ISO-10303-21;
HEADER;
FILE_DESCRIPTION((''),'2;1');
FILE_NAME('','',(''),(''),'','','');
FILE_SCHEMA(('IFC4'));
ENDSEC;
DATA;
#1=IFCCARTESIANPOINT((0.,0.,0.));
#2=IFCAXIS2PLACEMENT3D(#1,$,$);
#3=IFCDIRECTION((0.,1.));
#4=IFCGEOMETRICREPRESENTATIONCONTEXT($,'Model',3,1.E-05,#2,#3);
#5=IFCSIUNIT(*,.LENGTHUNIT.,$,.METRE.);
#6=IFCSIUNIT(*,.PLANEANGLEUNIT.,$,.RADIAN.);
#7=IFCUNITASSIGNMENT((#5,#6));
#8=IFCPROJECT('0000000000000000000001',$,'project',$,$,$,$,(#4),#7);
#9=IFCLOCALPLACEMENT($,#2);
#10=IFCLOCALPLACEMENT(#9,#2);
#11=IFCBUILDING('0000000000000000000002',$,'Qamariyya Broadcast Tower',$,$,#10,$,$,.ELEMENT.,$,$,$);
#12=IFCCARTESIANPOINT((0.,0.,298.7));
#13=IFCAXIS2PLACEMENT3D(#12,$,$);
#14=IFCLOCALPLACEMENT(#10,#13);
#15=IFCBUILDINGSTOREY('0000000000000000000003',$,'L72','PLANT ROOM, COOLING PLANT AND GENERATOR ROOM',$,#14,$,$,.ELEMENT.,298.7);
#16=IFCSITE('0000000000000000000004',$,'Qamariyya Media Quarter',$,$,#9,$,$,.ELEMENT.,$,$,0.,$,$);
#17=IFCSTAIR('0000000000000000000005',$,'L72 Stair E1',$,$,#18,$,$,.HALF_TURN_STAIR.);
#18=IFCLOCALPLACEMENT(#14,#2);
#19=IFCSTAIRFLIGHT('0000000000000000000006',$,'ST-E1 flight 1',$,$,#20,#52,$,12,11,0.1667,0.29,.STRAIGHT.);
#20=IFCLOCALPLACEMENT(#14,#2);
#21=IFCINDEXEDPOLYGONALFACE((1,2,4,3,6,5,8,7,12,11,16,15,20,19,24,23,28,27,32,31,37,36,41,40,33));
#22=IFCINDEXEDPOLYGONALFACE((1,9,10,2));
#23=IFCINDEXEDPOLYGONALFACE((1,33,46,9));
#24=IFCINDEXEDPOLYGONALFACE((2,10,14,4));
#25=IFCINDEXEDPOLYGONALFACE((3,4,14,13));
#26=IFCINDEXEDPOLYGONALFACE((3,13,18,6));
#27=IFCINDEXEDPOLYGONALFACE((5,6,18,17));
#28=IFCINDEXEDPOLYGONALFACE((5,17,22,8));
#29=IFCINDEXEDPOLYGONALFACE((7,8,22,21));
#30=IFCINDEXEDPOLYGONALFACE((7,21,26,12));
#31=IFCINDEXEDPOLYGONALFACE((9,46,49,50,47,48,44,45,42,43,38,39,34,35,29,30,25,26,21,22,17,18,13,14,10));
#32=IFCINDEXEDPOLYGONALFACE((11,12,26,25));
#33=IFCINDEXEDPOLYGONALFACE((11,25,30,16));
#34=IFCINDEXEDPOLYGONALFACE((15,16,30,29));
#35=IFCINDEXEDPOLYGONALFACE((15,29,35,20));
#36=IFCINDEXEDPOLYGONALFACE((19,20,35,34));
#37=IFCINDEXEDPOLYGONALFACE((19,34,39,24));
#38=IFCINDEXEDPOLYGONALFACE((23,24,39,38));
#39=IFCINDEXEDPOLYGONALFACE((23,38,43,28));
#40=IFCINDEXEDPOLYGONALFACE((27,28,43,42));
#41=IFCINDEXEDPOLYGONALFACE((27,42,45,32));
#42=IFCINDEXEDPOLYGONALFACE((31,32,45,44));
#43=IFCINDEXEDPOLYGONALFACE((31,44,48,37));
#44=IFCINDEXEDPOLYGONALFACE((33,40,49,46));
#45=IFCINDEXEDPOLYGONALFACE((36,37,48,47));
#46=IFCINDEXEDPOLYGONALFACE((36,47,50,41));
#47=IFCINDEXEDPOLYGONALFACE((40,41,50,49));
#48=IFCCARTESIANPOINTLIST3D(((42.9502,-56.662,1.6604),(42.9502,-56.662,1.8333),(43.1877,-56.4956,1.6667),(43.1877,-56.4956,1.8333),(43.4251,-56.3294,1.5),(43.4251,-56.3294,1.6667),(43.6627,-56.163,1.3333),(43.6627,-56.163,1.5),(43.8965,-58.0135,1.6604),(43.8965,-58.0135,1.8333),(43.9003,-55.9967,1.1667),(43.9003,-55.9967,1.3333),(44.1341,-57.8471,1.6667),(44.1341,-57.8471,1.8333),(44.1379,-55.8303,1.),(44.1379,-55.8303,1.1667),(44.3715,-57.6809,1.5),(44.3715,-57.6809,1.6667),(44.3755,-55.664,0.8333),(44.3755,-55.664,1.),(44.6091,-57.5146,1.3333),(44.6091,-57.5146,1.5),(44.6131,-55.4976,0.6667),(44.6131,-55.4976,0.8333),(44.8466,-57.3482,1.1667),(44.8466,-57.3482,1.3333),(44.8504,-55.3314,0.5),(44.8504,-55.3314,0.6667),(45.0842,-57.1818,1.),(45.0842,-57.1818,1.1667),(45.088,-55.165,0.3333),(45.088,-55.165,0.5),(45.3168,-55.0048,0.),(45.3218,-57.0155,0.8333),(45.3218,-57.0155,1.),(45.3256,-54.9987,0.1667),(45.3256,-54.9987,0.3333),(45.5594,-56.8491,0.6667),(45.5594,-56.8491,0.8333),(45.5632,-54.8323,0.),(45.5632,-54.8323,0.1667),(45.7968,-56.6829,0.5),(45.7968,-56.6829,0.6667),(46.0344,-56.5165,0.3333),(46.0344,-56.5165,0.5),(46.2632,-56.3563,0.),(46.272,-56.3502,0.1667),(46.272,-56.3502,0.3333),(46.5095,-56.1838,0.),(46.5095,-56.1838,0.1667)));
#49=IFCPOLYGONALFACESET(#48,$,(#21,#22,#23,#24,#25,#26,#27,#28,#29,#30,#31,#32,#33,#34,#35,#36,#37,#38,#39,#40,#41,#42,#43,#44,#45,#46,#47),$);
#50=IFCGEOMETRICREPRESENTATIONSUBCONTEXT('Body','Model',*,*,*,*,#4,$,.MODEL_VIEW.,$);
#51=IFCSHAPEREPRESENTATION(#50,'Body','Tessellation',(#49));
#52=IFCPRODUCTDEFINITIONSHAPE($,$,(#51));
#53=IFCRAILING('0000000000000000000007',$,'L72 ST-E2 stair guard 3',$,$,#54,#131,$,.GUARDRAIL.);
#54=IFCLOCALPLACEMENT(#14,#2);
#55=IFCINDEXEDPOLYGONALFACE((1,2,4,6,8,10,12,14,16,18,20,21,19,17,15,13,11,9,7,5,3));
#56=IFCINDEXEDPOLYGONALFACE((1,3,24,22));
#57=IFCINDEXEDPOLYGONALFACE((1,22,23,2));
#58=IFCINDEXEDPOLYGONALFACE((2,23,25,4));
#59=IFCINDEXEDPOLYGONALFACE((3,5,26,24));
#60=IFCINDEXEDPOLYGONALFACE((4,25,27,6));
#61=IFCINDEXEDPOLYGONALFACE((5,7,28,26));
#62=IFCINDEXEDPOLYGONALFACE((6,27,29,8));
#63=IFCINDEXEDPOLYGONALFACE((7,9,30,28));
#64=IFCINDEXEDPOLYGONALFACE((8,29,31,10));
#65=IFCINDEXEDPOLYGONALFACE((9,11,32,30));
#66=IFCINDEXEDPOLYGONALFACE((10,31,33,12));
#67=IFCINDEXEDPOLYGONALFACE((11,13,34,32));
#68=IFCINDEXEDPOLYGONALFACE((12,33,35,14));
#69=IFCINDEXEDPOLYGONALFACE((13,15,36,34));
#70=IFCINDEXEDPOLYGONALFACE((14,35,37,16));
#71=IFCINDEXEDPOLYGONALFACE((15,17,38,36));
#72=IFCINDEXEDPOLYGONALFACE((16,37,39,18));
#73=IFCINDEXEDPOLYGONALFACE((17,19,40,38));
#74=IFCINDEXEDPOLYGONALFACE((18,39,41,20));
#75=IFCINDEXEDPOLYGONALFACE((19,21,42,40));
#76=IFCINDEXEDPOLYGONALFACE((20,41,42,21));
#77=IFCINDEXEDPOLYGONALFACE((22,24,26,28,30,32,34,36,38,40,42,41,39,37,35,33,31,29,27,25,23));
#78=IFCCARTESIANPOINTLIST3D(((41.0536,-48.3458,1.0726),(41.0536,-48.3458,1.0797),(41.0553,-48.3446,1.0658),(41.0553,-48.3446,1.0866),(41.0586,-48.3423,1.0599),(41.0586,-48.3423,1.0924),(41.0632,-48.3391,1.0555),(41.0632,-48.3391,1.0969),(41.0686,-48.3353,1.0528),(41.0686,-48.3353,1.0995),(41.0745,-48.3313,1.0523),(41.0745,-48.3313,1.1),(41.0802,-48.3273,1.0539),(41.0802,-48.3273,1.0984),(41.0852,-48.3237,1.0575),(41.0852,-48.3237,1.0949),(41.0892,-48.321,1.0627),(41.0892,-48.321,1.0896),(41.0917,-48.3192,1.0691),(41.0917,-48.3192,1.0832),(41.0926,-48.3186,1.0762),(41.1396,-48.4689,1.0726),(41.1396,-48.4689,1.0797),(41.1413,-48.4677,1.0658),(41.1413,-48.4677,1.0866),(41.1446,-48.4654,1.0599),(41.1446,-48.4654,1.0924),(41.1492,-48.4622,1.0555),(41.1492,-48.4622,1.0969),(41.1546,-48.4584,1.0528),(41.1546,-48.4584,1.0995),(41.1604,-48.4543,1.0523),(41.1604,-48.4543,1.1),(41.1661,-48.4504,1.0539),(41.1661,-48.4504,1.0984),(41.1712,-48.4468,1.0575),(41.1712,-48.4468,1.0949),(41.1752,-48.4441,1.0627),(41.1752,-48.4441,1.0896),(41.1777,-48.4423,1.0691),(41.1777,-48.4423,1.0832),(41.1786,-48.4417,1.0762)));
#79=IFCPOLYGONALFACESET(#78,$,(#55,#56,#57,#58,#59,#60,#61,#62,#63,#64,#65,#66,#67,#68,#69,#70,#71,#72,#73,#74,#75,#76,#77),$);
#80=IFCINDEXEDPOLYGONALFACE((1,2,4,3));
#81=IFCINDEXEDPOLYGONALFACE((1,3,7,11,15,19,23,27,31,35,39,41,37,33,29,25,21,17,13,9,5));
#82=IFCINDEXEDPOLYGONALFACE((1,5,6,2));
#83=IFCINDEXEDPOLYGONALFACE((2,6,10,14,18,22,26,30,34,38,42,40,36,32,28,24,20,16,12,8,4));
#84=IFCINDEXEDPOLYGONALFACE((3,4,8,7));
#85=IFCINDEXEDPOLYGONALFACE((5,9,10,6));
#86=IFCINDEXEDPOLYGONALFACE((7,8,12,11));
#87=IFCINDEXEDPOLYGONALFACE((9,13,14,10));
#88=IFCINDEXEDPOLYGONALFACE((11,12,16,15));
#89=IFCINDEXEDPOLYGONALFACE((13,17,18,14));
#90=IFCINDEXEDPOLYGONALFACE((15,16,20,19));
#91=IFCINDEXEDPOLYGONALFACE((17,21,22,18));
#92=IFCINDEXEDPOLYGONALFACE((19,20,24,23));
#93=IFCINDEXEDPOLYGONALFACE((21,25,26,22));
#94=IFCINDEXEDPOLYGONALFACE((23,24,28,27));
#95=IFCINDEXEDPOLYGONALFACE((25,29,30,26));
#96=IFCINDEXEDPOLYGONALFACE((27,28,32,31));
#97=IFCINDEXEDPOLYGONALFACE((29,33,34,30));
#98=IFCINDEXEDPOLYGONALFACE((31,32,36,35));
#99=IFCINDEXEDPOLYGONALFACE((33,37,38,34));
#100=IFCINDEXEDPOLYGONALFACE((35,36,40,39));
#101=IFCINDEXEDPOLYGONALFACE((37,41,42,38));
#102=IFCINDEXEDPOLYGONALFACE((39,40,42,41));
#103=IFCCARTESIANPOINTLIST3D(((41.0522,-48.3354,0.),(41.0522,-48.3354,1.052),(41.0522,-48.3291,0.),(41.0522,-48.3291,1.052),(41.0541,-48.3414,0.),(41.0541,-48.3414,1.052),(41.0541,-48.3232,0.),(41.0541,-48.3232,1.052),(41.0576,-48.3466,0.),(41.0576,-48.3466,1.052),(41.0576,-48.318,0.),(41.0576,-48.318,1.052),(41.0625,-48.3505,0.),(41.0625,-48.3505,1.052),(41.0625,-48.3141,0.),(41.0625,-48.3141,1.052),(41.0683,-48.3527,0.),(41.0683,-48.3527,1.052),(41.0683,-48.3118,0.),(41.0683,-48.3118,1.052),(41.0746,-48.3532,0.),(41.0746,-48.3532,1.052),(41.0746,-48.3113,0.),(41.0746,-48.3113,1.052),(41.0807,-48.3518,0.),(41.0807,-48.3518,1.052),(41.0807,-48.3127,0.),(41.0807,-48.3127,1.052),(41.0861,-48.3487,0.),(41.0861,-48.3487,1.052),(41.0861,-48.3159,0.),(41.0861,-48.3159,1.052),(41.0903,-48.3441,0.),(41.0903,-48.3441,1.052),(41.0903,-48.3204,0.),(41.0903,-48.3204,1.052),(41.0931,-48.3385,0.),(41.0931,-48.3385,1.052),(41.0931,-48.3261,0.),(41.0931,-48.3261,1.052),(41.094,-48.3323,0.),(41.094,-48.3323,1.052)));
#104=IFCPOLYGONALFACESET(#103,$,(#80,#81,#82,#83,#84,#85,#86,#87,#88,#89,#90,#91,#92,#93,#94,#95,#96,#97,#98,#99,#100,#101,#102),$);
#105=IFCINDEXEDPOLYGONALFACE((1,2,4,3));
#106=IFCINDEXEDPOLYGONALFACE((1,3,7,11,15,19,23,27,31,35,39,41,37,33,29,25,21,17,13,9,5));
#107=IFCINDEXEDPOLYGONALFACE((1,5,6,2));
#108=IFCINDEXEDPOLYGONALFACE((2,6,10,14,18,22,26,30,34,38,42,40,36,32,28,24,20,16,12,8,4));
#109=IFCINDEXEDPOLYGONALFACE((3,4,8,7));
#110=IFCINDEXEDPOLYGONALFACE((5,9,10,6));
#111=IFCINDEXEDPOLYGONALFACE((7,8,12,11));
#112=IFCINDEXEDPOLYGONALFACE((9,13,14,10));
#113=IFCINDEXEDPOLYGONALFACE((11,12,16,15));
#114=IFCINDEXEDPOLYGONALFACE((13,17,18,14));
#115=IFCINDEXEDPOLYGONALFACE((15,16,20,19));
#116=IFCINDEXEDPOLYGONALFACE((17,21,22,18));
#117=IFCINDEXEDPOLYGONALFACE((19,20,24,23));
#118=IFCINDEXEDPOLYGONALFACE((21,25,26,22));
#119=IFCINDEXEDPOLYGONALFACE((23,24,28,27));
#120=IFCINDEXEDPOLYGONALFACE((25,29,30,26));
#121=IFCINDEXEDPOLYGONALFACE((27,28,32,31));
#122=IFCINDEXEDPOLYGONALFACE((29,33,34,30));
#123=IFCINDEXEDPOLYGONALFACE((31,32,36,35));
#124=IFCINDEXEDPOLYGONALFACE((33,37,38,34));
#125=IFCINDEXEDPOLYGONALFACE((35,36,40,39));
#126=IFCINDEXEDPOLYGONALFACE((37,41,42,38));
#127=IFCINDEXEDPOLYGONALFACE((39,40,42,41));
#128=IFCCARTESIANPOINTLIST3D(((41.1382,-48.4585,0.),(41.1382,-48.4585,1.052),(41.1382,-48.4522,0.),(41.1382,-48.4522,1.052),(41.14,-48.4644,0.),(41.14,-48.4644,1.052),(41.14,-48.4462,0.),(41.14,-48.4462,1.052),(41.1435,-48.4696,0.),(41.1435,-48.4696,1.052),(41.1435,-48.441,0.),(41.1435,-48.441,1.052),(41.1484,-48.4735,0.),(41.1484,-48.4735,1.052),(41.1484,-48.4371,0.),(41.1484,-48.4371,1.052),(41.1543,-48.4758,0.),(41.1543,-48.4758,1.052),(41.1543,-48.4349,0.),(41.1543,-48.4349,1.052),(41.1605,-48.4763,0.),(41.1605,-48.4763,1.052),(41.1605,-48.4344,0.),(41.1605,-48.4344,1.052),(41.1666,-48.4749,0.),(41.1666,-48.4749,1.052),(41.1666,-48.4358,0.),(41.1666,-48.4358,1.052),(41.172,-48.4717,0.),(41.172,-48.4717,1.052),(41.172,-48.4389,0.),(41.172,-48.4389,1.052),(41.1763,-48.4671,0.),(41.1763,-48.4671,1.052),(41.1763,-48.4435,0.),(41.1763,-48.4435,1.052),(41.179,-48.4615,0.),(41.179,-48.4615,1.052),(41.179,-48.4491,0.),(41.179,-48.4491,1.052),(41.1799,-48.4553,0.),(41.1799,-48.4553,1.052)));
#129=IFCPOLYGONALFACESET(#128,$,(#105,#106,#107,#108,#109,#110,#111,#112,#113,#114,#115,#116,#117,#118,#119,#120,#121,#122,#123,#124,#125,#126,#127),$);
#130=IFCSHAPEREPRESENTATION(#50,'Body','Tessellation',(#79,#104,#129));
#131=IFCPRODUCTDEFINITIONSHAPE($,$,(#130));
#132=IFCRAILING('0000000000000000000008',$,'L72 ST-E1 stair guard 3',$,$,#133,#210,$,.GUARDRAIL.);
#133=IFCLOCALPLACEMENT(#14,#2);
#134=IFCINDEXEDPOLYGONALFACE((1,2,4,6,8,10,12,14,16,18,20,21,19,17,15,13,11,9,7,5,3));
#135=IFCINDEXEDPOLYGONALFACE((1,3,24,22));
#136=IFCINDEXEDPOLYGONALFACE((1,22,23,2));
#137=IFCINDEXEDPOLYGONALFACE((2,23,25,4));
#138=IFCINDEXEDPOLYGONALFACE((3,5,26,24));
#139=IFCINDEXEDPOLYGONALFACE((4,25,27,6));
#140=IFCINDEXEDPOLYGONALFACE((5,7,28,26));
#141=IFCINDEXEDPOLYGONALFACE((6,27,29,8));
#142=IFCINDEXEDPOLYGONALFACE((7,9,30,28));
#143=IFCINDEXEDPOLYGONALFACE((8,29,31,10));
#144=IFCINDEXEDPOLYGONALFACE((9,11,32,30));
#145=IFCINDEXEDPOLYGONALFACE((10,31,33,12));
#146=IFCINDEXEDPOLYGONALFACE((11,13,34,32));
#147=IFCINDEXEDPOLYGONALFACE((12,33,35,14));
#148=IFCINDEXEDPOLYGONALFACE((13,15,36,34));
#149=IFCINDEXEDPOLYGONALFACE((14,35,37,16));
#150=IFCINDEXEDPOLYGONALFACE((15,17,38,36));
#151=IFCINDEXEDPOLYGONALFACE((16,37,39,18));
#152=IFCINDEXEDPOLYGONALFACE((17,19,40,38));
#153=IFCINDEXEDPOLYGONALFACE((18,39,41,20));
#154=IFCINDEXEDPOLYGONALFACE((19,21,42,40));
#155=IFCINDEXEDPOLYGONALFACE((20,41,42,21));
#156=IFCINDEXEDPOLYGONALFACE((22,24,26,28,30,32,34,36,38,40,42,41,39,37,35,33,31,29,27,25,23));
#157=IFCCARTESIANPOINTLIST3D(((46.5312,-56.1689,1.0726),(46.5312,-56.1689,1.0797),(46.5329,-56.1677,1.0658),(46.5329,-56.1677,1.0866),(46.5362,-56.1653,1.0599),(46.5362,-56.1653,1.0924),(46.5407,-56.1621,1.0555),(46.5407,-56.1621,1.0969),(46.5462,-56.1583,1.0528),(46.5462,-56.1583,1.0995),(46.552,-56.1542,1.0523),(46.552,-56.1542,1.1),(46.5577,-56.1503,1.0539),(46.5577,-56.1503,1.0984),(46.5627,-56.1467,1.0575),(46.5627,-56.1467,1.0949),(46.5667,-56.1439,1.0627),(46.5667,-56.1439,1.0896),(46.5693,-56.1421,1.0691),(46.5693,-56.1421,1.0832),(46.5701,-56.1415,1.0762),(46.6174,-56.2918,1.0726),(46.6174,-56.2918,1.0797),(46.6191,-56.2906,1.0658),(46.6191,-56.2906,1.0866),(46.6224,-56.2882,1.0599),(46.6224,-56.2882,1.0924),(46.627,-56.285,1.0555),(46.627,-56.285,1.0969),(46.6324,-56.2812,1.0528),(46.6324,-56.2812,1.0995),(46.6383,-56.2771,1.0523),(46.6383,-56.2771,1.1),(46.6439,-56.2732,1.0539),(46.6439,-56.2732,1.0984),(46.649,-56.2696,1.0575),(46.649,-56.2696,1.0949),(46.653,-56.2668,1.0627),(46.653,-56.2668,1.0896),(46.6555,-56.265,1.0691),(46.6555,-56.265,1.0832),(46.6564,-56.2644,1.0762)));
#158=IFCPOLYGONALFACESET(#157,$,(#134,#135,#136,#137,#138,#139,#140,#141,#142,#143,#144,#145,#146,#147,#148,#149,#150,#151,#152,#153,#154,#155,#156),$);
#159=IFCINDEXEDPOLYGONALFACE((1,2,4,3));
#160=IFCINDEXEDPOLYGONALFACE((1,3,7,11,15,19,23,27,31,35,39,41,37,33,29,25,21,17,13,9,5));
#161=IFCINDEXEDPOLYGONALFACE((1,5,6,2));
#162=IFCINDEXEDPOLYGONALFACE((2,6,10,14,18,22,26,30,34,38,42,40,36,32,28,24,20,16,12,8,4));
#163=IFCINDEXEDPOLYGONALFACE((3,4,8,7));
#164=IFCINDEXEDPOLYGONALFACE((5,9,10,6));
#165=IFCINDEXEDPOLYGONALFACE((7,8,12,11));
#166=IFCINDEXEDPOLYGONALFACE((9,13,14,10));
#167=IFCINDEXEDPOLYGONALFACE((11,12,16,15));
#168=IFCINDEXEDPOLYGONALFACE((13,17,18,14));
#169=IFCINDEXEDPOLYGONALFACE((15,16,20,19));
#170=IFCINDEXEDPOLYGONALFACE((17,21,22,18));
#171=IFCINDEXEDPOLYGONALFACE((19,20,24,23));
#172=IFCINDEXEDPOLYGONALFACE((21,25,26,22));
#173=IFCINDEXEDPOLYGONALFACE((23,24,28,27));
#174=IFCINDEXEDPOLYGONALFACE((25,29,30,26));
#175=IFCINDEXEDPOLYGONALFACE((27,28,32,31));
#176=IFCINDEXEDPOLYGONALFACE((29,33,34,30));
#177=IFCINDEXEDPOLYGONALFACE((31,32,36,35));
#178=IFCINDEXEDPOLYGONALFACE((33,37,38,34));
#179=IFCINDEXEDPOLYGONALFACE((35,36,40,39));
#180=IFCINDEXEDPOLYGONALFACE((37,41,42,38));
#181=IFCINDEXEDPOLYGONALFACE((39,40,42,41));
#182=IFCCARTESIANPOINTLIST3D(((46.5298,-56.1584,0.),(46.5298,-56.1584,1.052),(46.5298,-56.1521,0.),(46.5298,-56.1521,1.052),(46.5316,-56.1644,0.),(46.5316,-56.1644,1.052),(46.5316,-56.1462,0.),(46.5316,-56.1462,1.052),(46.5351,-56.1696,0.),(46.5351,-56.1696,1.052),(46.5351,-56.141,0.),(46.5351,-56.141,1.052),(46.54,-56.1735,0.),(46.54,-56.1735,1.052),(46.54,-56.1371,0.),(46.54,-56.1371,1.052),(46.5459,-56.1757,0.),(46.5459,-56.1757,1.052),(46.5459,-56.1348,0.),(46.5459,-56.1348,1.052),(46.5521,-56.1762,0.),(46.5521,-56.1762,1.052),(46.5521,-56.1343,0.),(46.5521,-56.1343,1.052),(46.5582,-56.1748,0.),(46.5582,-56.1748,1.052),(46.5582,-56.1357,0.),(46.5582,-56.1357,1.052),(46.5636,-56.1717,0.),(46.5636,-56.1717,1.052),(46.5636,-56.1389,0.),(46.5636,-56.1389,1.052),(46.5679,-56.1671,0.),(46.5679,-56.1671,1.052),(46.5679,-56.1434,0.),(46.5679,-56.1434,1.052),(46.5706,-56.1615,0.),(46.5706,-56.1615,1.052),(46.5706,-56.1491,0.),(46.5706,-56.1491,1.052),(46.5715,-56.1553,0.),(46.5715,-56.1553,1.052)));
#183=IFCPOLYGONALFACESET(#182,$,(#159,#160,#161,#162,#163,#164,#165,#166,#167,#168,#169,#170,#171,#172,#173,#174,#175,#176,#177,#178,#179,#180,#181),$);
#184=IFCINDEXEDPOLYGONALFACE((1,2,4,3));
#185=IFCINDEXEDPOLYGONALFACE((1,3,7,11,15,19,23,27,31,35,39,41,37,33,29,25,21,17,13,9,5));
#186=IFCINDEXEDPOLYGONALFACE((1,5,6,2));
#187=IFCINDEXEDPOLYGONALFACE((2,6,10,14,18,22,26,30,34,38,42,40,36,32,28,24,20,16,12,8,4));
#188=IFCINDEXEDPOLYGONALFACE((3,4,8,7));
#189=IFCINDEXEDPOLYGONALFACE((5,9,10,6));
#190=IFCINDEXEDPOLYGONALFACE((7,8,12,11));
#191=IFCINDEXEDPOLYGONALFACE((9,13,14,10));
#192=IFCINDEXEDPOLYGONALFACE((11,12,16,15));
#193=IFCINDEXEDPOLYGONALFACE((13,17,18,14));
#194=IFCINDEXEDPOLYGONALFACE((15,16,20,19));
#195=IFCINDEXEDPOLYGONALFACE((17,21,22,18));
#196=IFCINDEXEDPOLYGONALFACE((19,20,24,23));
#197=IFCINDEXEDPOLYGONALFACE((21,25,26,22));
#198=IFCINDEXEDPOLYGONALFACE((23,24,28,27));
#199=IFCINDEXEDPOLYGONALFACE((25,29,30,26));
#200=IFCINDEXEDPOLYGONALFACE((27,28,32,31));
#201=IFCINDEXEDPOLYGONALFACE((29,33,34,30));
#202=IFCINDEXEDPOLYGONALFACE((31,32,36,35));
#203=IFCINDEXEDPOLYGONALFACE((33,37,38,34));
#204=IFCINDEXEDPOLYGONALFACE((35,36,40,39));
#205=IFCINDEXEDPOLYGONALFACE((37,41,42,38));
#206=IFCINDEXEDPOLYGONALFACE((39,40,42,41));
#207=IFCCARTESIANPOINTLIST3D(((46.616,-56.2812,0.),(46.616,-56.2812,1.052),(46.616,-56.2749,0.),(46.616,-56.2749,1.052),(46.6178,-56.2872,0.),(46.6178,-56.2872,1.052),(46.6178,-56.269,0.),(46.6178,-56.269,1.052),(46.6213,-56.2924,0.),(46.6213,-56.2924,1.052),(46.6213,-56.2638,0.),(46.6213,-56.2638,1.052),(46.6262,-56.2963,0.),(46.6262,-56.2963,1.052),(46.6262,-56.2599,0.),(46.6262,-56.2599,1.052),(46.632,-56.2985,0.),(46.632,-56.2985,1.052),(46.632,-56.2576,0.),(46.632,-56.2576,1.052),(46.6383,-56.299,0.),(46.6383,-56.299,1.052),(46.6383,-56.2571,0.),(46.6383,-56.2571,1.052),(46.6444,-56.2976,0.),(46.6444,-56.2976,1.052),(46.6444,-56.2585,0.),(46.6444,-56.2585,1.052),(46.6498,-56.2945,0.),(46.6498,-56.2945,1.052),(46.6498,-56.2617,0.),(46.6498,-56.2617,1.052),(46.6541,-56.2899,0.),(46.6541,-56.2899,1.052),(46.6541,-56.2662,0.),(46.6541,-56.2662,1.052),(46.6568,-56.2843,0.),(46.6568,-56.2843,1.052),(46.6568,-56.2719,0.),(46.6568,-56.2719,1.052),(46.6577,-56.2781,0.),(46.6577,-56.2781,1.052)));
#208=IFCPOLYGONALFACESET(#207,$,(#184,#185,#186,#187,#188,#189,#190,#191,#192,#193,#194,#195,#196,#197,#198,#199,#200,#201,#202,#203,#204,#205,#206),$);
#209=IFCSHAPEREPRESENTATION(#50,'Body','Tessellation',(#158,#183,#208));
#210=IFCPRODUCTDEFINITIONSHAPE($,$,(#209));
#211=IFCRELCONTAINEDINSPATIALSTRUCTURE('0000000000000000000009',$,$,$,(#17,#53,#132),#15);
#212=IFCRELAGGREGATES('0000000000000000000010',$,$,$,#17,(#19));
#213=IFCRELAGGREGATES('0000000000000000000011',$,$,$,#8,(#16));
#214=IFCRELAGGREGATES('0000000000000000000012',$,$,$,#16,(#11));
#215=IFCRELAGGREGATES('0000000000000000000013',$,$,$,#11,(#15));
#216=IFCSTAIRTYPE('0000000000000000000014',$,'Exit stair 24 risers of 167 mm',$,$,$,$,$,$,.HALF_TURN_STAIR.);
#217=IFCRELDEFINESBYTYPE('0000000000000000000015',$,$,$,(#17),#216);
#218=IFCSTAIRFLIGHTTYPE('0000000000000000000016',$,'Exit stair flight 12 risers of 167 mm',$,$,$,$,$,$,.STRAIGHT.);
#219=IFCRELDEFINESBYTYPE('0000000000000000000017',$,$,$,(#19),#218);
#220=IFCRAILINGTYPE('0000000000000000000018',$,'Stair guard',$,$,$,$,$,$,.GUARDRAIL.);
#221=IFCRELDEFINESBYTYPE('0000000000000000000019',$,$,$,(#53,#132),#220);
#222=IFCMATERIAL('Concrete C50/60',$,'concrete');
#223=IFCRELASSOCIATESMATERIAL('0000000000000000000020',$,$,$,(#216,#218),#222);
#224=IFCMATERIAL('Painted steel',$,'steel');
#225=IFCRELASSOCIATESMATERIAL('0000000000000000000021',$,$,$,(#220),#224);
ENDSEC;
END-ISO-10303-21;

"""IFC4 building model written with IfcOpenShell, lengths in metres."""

from ifc_helpers import new_model, si_unit, direction, frame, origin, origin_2d, place, context, subcontext, project, spatial, polyline, circle, outline, extrude, material, type_object, element, aggregate, save


model = new_model("IFC4")

# Units and contexts
model_context = context("Model", 3, precision=1e-05, world=origin(), true_north=direction((0.0, 1.0)))
body_context = subcontext(model_context, "Body", "Model", "MODEL_VIEW")
ifc_project = project(units=[si_unit("LENGTHUNIT", "METRE"), si_unit("PLANEANGLEUNIT", "RADIAN")], contexts=[model_context])

# Site, building, storey
site_placement = place(None, origin())
site = spatial("IfcSite", under=ifc_project, at=site_placement, Name="Qamariyya Media Quarter", CompositionType="ELEMENT", RefElevation=0.0)
building_placement = place(site_placement, origin())
building = spatial("IfcBuilding", under=site, at=building_placement, Name="Qamariyya Broadcast Tower", CompositionType="ELEMENT")
storey_placement = place(building_placement, frame((0.0, 0.0, 298.7)))
storey = spatial("IfcBuildingStorey", under=building, at=storey_placement, Name="L72", Description="PLANT ROOM, COOLING PLANT AND GENERATOR ROOM", CompositionType="ELEMENT", Elevation=298.7)

# Shared definitions
ifc_material_1 = material(Name="Concrete C50/60", Category="concrete")

# Stair, stair flight
stair_type = type_object("IfcStairType", Name="Exit stair 24 risers of 167 mm", PredefinedType="HALF_TURN_STAIR", material=ifc_material_1)
stair_flight_type = type_object("IfcStairFlightType", Name="Exit stair flight 12 risers of 167 mm", PredefinedType="STRAIGHT", material=ifc_material_1)
stair_1_placement = place(storey_placement, origin())
stair_1 = element("IfcStair", 1, at=stair_1_placement, inside=storey, type_object=stair_type, Name="L72 Stair E1", PredefinedType="HALF_TURN_STAIR")
stair_flight_1_placement = place(storey_placement, frame((46.0364, -55.5081, 0.0), z_axis=(0.0, 0.0, 1.0), x_axis=(-0.819152, -0.573576, 0.0)))
stair_flight_1 = element("IfcStairFlight", 2, at=stair_flight_1_placement, type_object=stair_flight_type, Name="ST-E1 flight 1", NumberOfRisers=12, NumberOfTreads=11, PredefinedType="STRAIGHT", RiserHeight=0.1667, TreadLength=0.29, context=body_context, shape_type="SweptSolid", body=[
    extrude(outline(polyline([(0.0, 0.0), (0.0, 0.1667), (0.29, 0.1667), (0.29, 0.3333), (0.5801, 0.3333), (0.5801, 0.5), (0.8701, 0.5), (0.8701, 0.6667), (1.1599, 0.6667), (1.1599, 0.8333), (1.45, 0.8333), (1.45, 1.0), (1.74, 1.0), (1.74, 1.1667), (2.03, 1.1667), (2.03, 1.3333), (2.3201, 1.3333), (2.3201, 1.5), (2.6101, 1.5), (2.6101, 1.6667), (2.8999, 1.6667), (2.8999, 1.8333), (3.1899, 1.8333), (3.1899, 2.0), (3.1899, 1.6604), (0.3008, 0.0), (0.0, 0.0)])), frame((0.0, 0.825, 0.0), z_axis=(0.0, -1.0, 0.0), x_axis=(1.0, 0.0, 0.0)), (0.0, 0.0, 1.0), 1.6499),
])
aggregate(stair_1, [stair_flight_1])

# Railings
ifc_material_2 = material(Name="Painted steel", Category="steel")
railing_type_1 = type_object("IfcRailingType", Name="Stair guard", PredefinedType="GUARDRAIL", material=ifc_material_2)
railing_1_placement = place(storey_placement, frame((41.073, -48.3323, 0.0)))
element("IfcRailing", 3, at=railing_1_placement, inside=storey, type_object=railing_type_1, Name="L72 ST-E2 stair guard 3", PredefinedType="GUARDRAIL", context=body_context, shape_type="SweptSolid", body=[
    extrude(circle(Radius=0.0239, at=origin_2d()), frame((0.0, 0.0, 1.0762), z_axis=(0.572589, -0.819843, 0.0), x_axis=(0.819843, 0.572589, 0.0)), (0.0, 0.0, 1.0), 0.1501),
    extrude(circle(Radius=0.021, at=origin_2d()), origin(), (0.0, 0.0, 1.0), 1.052),
    extrude(circle(Radius=0.021, at=origin_2d()), frame((0.0859, -0.123, 0.0)), (0.0, 0.0, 1.0), 1.052),
])
railing_2_placement = place(storey_placement, frame((46.5505, -56.1553, 0.0)))
element("IfcRailing", 4, at=railing_2_placement, inside=storey, type_object=railing_type_1, Name="L72 ST-E1 stair guard 3", PredefinedType="GUARDRAIL", context=body_context, shape_type="SweptSolid", body=[
    extrude(circle(Radius=0.0239, at=origin_2d()), frame((0.0, 0.0, 1.0762), z_axis=(0.574445, -0.818543, 0.0), x_axis=(0.818543, 0.574445, 0.0)), (0.0, 0.0, 1.0), 0.1501),
    extrude(circle(Radius=0.021, at=origin_2d()), origin(), (0.0, 0.0, 1.0), 1.052),
    extrude(circle(Radius=0.021, at=origin_2d()), frame((0.0862, -0.1228, 0.0)), (0.0, 0.0, 1.0), 1.052),
])

save(model, "model.ifc")
